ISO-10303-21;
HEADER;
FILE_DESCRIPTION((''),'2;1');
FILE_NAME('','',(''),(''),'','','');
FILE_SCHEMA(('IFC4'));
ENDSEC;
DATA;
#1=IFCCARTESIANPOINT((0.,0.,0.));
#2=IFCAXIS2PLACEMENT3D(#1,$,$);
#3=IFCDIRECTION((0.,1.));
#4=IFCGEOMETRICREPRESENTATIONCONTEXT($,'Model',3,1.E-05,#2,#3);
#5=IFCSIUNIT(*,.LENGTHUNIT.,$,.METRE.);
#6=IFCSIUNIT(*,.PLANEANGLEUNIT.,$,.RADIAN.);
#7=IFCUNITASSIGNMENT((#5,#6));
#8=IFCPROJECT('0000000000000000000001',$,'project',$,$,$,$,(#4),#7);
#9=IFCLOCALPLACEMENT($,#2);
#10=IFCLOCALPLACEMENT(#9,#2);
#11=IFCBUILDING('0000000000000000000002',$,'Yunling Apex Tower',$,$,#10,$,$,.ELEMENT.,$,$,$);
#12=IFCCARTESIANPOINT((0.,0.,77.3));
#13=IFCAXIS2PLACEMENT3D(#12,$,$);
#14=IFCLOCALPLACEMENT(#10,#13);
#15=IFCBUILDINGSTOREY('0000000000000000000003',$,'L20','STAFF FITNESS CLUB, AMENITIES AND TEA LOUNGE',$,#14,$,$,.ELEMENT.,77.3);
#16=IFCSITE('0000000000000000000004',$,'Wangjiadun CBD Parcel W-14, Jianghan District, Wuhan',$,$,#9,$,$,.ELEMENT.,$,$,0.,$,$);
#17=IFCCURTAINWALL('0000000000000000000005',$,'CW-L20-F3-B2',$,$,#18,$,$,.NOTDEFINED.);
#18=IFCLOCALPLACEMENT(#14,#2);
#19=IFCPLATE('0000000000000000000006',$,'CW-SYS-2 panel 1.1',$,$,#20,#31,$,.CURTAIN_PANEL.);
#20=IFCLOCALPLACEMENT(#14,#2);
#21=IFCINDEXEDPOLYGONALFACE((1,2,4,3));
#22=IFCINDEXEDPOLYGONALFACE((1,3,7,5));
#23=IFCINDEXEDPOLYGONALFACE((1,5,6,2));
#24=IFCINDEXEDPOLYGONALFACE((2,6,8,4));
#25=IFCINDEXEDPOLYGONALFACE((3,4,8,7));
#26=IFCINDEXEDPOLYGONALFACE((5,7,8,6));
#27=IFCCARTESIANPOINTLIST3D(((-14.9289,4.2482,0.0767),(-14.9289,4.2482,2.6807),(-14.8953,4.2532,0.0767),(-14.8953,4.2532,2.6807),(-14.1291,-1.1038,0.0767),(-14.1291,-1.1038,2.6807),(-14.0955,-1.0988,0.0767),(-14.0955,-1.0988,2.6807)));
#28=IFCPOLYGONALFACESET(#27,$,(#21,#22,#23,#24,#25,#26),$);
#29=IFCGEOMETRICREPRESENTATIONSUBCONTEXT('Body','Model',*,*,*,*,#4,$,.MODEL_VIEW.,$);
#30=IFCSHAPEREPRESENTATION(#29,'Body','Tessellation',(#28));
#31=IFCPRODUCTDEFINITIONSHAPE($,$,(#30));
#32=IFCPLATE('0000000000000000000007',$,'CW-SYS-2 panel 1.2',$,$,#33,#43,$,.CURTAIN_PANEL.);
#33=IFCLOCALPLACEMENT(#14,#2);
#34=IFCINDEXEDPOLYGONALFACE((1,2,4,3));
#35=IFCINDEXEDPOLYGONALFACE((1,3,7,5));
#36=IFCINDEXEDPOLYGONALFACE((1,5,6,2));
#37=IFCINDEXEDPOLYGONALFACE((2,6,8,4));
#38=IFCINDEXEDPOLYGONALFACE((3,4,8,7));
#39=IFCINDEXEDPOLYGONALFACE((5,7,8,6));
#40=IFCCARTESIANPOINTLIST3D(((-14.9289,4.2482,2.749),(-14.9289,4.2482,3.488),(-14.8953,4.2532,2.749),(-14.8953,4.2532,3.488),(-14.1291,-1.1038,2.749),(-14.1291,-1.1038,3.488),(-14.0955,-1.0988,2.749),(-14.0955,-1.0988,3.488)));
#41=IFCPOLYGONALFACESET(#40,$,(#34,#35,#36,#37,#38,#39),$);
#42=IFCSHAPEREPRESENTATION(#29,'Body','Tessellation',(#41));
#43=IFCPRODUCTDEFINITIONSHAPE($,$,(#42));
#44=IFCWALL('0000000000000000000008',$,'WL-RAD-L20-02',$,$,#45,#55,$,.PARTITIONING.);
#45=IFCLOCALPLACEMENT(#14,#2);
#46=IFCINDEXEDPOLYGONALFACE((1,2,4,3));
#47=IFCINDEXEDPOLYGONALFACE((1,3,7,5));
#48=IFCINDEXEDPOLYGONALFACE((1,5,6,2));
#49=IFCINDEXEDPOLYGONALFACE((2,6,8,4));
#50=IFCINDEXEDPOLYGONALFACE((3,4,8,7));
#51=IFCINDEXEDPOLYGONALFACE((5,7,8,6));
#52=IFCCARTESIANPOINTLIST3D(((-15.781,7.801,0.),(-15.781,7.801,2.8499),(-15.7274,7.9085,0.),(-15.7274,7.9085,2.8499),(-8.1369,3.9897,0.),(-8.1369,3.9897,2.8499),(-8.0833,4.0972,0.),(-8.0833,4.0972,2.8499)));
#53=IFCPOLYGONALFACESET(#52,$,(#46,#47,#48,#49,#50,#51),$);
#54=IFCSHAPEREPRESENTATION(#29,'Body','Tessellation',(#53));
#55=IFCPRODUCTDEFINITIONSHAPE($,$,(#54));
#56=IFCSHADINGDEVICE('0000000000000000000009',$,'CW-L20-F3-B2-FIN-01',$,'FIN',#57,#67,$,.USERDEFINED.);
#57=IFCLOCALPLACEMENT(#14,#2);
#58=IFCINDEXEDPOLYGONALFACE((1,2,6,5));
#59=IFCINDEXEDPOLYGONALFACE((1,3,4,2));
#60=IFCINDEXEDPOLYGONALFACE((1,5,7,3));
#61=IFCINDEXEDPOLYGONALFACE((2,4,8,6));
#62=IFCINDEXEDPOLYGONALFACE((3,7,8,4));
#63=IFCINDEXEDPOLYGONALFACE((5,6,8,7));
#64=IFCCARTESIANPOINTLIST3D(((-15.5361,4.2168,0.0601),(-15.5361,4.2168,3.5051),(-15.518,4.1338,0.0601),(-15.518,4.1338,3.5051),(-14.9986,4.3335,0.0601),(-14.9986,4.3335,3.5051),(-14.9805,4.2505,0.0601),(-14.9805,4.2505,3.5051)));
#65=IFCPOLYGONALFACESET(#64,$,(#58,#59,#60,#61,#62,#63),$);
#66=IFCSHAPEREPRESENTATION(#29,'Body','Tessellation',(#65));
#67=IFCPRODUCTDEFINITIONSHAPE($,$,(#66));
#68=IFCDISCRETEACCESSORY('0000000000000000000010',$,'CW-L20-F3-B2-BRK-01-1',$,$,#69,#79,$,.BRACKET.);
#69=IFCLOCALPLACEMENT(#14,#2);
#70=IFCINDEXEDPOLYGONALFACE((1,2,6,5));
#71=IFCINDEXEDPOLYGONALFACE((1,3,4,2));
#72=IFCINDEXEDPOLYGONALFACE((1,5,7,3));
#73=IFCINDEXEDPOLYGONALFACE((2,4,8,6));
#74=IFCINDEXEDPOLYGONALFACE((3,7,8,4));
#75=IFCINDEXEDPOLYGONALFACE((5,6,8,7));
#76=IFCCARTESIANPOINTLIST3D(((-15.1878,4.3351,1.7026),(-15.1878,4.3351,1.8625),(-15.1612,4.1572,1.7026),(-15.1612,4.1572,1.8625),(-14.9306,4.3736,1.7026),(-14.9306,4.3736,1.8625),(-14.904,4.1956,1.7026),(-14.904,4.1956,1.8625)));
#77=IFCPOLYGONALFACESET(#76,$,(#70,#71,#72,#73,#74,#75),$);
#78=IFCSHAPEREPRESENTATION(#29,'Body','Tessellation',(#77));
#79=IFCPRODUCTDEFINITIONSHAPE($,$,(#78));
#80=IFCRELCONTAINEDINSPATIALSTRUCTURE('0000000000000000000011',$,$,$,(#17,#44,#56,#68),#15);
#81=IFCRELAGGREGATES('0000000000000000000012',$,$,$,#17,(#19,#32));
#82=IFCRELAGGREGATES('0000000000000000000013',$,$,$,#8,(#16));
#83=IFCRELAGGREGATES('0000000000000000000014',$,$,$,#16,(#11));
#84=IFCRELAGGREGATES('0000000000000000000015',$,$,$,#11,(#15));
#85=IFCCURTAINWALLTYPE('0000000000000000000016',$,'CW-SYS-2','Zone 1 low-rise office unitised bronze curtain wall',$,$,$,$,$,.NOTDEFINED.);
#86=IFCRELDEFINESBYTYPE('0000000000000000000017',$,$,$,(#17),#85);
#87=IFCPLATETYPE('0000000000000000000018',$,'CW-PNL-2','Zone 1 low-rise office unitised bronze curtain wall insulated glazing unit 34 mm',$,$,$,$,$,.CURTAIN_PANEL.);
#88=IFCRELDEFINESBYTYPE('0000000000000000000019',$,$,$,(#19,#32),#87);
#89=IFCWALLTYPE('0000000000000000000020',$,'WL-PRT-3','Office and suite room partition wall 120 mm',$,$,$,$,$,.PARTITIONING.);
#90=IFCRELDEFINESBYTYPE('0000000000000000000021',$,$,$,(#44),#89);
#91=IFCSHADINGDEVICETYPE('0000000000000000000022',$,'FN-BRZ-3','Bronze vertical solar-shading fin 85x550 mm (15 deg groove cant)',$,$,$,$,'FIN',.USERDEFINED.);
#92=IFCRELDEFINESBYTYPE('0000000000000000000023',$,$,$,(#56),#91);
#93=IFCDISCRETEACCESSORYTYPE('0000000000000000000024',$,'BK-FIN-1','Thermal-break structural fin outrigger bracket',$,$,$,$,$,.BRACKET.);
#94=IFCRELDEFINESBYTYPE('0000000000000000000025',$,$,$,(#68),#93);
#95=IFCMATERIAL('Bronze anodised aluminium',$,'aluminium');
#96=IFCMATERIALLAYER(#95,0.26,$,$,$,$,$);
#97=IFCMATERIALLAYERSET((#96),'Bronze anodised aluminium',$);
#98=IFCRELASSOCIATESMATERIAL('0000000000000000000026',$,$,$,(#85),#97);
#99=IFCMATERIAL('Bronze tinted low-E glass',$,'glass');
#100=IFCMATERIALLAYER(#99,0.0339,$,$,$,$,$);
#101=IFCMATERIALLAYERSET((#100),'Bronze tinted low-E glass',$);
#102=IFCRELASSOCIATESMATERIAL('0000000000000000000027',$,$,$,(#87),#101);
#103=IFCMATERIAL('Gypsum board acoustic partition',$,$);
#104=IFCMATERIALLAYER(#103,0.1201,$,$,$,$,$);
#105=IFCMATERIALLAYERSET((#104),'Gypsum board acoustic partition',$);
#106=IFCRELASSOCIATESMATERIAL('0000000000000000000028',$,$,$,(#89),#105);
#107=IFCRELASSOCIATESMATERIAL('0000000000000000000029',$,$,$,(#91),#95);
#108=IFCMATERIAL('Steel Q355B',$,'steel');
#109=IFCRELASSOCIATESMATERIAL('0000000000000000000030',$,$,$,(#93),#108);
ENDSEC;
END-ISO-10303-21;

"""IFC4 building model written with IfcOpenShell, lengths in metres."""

from ifc_helpers import new_model, si_unit, direction, frame, frame_2d, origin, origin_2d, place, context, subcontext, project, spatial, rectangle, extrude, source, transform, mapped, material, layer, layer_set, material_profile, profile_set, type_object, element, aggregate, save


model = new_model("IFC4")

# Units and contexts
model_context = context("Model", 3, precision=1e-05, world=origin(), true_north=direction((0.0, 1.0)))
body_context = subcontext(model_context, "Body", "Model", "MODEL_VIEW")
ifc_project = project(units=[si_unit("LENGTHUNIT", "METRE"), si_unit("PLANEANGLEUNIT", "RADIAN")], contexts=[model_context])

# Site, building, storey
site_placement = place(None, origin())
site = spatial("IfcSite", under=ifc_project, at=site_placement, Name="Wangjiadun CBD Parcel W-14, Jianghan District, Wuhan", CompositionType="ELEMENT", RefElevation=0.0)
building_placement = place(site_placement, origin())
building = spatial("IfcBuilding", under=site, at=building_placement, Name="Yunling Apex Tower", CompositionType="ELEMENT")
storey_placement = place(building_placement, frame((0.0, 0.0, 77.3)))
storey = spatial("IfcBuildingStorey", under=building, at=storey_placement, Name="L20", Description="STAFF FITNESS CLUB, AMENITIES AND TEA LOUNGE", CompositionType="ELEMENT", Elevation=77.3)

# Shared definitions
ifc_material_1 = material(Name="Steel Q355B", Category="steel")

# Shared definitions
ifc_material_2 = material(Name="Bronze anodised aluminium", Category="aluminium")
ifc_layer_1 = layer(ifc_material_2, 0.26)
ifc_layer_set_1 = layer_set([ifc_layer_1], Name="Bronze anodised aluminium")
curtain_wall_type = type_object("IfcCurtainWallType", Name="CW-SYS-2", Description="Zone 1 low-rise office unitised bronze curtain wall", PredefinedType="NOTDEFINED", material=ifc_layer_set_1)

# Curtain wall
curtain_wall_1_placement = place(storey_placement, origin())
curtain_wall_1 = element("IfcCurtainWall", 1, at=curtain_wall_1_placement, inside=storey, type_object=curtain_wall_type, Name="CW-L20-F3-B2", PredefinedType="NOTDEFINED")

# Plates
ifc_material_3 = material(Name="Bronze tinted low-E glass", Category="glass")
ifc_layer_2 = layer(ifc_material_3, 0.0339)
ifc_layer_set_2 = layer_set([ifc_layer_2], Name="Bronze tinted low-E glass")
plate_type_1 = type_object("IfcPlateType", Name="CW-PNL-2", Description="Zone 1 low-rise office unitised bronze curtain wall insulated glazing unit 34 mm", PredefinedType="CURTAIN_PANEL", material=ifc_layer_set_2)
shared_shape_1 = source(origin(), body_context, "Body", "SweptSolid", [
    extrude(rectangle(XDim=5.4114, YDim=0.0339, at=origin_2d()), origin(), (0.0, 0.0, 1.0), 2.604),
])
plate_1_placement = place(storey_placement, frame((-14.5122, 1.5747, 0.0767), z_axis=(0.0, 0.0, 1.0), x_axis=(0.147801, -0.989017, 0.0)))
plate_1 = element("IfcPlate", 2, at=plate_1_placement, type_object=plate_type_1, Name="CW-SYS-2 panel 1.1", PredefinedType="CURTAIN_PANEL", context=body_context, shape_type="MappedRepresentation", body=[
    mapped(shared_shape_1, transform((0.0, 0.0, 0.0), scale=1.0)),
])
shared_shape_2 = source(origin(), body_context, "Body", "SweptSolid", [
    extrude(rectangle(XDim=5.4114, YDim=0.0339, at=origin_2d()), origin(), (0.0, 0.0, 1.0), 0.739),
])
plate_2_placement = place(storey_placement, frame((-14.5122, 1.5747, 2.749), z_axis=(0.0, 0.0, 1.0), x_axis=(0.147801, -0.989017, 0.0)))
plate_2 = element("IfcPlate", 3, at=plate_2_placement, type_object=plate_type_1, Name="CW-SYS-2 panel 1.2", PredefinedType="CURTAIN_PANEL", context=body_context, shape_type="MappedRepresentation", body=[
    mapped(shared_shape_2, transform((0.0, 0.0, 0.0), scale=1.0)),
])
aggregate(curtain_wall_1, [plate_1, plate_2])

# Wall
ifc_material_4 = material(Name="Gypsum board acoustic partition")
ifc_layer_3 = layer(ifc_material_4, 0.1201)
ifc_layer_set_3 = layer_set([ifc_layer_3], Name="Gypsum board acoustic partition")
wall_type = type_object("IfcWallType", Name="WL-PRT-3", Description="Office and suite room partition wall 120 mm", PredefinedType="PARTITIONING", material=ifc_layer_set_3)
wall_placement = place(storey_placement, frame((-8.1101, 4.0435, 0.0), z_axis=(0.0, 0.0, 1.0), x_axis=(-0.89493, 0.446207, 0.0)))
element("IfcWall", 4, at=wall_placement, inside=storey, type_object=wall_type, Name="WL-RAD-L20-02", PredefinedType="PARTITIONING", context=body_context, shape_type="SweptSolid", body=[
    extrude(rectangle(XDim=8.5415, YDim=0.1201, at=frame_2d((4.2708, 0.0))), origin(), (0.0, 0.0, 1.0), 2.8499),
])

# Shading device
ifc_material_profile_1 = material_profile(ifc_material_2, rectangle(XDim=0.085, YDim=0.55, at=origin_2d()))
ifc_profile_set_1 = profile_set([ifc_material_profile_1], Name="Bronze anodised aluminium")
shading_device_type = type_object("IfcShadingDeviceType", Name="FN-BRZ-3", Description="Bronze vertical solar-shading fin 85x550 mm (15 deg groove cant)", ElementType="FIN", PredefinedType="USERDEFINED", material=ifc_profile_set_1)
shared_shape_3 = source(origin(), body_context, "Body", "SweptSolid", [
    extrude(rectangle(XDim=0.085, YDim=0.55, at=origin_2d()), origin(), (0.0, 0.0, 1.0), 3.4451),
])
shading_device_placement = place(storey_placement, frame((-15.2583, 4.2336, 0.0601), z_axis=(0.0, 0.0, 1.0), x_axis=(0.212178, -0.977231, 0.0)))
element("IfcShadingDevice", 5, at=shading_device_placement, inside=storey, type_object=shading_device_type, Name="CW-L20-F3-B2-FIN-01", ObjectType="FIN", PredefinedType="USERDEFINED", context=body_context, shape_type="MappedRepresentation", body=[
    mapped(shared_shape_3, transform((0.0, 0.0, 0.0), scale=1.0)),
])

# Discrete accessory
discrete_accessory_type = type_object("IfcDiscreteAccessoryType", Name="BK-FIN-1", Description="Thermal-break structural fin outrigger bracket", PredefinedType="BRACKET", material=ifc_material_1)
shared_shape_4 = source(origin(), body_context, "Body", "SweptSolid", [
    extrude(rectangle(XDim=0.1799, YDim=0.26, at=origin_2d()), origin(), (0.0, 0.0, 1.0), 0.1599),
])
discrete_accessory_placement = place(storey_placement, frame((-15.0459, 4.2654, 1.7026), z_axis=(0.0, 0.0, 1.0), x_axis=(0.147809, -0.989016, 0.0)))
element("IfcDiscreteAccessory", 6, at=discrete_accessory_placement, inside=storey, type_object=discrete_accessory_type, Name="CW-L20-F3-B2-BRK-01-1", PredefinedType="BRACKET", context=body_context, shape_type="MappedRepresentation", body=[
    mapped(shared_shape_4, transform((0.0, 0.0, 0.0), scale=1.0)),
])

save(model, "model.ifc")
